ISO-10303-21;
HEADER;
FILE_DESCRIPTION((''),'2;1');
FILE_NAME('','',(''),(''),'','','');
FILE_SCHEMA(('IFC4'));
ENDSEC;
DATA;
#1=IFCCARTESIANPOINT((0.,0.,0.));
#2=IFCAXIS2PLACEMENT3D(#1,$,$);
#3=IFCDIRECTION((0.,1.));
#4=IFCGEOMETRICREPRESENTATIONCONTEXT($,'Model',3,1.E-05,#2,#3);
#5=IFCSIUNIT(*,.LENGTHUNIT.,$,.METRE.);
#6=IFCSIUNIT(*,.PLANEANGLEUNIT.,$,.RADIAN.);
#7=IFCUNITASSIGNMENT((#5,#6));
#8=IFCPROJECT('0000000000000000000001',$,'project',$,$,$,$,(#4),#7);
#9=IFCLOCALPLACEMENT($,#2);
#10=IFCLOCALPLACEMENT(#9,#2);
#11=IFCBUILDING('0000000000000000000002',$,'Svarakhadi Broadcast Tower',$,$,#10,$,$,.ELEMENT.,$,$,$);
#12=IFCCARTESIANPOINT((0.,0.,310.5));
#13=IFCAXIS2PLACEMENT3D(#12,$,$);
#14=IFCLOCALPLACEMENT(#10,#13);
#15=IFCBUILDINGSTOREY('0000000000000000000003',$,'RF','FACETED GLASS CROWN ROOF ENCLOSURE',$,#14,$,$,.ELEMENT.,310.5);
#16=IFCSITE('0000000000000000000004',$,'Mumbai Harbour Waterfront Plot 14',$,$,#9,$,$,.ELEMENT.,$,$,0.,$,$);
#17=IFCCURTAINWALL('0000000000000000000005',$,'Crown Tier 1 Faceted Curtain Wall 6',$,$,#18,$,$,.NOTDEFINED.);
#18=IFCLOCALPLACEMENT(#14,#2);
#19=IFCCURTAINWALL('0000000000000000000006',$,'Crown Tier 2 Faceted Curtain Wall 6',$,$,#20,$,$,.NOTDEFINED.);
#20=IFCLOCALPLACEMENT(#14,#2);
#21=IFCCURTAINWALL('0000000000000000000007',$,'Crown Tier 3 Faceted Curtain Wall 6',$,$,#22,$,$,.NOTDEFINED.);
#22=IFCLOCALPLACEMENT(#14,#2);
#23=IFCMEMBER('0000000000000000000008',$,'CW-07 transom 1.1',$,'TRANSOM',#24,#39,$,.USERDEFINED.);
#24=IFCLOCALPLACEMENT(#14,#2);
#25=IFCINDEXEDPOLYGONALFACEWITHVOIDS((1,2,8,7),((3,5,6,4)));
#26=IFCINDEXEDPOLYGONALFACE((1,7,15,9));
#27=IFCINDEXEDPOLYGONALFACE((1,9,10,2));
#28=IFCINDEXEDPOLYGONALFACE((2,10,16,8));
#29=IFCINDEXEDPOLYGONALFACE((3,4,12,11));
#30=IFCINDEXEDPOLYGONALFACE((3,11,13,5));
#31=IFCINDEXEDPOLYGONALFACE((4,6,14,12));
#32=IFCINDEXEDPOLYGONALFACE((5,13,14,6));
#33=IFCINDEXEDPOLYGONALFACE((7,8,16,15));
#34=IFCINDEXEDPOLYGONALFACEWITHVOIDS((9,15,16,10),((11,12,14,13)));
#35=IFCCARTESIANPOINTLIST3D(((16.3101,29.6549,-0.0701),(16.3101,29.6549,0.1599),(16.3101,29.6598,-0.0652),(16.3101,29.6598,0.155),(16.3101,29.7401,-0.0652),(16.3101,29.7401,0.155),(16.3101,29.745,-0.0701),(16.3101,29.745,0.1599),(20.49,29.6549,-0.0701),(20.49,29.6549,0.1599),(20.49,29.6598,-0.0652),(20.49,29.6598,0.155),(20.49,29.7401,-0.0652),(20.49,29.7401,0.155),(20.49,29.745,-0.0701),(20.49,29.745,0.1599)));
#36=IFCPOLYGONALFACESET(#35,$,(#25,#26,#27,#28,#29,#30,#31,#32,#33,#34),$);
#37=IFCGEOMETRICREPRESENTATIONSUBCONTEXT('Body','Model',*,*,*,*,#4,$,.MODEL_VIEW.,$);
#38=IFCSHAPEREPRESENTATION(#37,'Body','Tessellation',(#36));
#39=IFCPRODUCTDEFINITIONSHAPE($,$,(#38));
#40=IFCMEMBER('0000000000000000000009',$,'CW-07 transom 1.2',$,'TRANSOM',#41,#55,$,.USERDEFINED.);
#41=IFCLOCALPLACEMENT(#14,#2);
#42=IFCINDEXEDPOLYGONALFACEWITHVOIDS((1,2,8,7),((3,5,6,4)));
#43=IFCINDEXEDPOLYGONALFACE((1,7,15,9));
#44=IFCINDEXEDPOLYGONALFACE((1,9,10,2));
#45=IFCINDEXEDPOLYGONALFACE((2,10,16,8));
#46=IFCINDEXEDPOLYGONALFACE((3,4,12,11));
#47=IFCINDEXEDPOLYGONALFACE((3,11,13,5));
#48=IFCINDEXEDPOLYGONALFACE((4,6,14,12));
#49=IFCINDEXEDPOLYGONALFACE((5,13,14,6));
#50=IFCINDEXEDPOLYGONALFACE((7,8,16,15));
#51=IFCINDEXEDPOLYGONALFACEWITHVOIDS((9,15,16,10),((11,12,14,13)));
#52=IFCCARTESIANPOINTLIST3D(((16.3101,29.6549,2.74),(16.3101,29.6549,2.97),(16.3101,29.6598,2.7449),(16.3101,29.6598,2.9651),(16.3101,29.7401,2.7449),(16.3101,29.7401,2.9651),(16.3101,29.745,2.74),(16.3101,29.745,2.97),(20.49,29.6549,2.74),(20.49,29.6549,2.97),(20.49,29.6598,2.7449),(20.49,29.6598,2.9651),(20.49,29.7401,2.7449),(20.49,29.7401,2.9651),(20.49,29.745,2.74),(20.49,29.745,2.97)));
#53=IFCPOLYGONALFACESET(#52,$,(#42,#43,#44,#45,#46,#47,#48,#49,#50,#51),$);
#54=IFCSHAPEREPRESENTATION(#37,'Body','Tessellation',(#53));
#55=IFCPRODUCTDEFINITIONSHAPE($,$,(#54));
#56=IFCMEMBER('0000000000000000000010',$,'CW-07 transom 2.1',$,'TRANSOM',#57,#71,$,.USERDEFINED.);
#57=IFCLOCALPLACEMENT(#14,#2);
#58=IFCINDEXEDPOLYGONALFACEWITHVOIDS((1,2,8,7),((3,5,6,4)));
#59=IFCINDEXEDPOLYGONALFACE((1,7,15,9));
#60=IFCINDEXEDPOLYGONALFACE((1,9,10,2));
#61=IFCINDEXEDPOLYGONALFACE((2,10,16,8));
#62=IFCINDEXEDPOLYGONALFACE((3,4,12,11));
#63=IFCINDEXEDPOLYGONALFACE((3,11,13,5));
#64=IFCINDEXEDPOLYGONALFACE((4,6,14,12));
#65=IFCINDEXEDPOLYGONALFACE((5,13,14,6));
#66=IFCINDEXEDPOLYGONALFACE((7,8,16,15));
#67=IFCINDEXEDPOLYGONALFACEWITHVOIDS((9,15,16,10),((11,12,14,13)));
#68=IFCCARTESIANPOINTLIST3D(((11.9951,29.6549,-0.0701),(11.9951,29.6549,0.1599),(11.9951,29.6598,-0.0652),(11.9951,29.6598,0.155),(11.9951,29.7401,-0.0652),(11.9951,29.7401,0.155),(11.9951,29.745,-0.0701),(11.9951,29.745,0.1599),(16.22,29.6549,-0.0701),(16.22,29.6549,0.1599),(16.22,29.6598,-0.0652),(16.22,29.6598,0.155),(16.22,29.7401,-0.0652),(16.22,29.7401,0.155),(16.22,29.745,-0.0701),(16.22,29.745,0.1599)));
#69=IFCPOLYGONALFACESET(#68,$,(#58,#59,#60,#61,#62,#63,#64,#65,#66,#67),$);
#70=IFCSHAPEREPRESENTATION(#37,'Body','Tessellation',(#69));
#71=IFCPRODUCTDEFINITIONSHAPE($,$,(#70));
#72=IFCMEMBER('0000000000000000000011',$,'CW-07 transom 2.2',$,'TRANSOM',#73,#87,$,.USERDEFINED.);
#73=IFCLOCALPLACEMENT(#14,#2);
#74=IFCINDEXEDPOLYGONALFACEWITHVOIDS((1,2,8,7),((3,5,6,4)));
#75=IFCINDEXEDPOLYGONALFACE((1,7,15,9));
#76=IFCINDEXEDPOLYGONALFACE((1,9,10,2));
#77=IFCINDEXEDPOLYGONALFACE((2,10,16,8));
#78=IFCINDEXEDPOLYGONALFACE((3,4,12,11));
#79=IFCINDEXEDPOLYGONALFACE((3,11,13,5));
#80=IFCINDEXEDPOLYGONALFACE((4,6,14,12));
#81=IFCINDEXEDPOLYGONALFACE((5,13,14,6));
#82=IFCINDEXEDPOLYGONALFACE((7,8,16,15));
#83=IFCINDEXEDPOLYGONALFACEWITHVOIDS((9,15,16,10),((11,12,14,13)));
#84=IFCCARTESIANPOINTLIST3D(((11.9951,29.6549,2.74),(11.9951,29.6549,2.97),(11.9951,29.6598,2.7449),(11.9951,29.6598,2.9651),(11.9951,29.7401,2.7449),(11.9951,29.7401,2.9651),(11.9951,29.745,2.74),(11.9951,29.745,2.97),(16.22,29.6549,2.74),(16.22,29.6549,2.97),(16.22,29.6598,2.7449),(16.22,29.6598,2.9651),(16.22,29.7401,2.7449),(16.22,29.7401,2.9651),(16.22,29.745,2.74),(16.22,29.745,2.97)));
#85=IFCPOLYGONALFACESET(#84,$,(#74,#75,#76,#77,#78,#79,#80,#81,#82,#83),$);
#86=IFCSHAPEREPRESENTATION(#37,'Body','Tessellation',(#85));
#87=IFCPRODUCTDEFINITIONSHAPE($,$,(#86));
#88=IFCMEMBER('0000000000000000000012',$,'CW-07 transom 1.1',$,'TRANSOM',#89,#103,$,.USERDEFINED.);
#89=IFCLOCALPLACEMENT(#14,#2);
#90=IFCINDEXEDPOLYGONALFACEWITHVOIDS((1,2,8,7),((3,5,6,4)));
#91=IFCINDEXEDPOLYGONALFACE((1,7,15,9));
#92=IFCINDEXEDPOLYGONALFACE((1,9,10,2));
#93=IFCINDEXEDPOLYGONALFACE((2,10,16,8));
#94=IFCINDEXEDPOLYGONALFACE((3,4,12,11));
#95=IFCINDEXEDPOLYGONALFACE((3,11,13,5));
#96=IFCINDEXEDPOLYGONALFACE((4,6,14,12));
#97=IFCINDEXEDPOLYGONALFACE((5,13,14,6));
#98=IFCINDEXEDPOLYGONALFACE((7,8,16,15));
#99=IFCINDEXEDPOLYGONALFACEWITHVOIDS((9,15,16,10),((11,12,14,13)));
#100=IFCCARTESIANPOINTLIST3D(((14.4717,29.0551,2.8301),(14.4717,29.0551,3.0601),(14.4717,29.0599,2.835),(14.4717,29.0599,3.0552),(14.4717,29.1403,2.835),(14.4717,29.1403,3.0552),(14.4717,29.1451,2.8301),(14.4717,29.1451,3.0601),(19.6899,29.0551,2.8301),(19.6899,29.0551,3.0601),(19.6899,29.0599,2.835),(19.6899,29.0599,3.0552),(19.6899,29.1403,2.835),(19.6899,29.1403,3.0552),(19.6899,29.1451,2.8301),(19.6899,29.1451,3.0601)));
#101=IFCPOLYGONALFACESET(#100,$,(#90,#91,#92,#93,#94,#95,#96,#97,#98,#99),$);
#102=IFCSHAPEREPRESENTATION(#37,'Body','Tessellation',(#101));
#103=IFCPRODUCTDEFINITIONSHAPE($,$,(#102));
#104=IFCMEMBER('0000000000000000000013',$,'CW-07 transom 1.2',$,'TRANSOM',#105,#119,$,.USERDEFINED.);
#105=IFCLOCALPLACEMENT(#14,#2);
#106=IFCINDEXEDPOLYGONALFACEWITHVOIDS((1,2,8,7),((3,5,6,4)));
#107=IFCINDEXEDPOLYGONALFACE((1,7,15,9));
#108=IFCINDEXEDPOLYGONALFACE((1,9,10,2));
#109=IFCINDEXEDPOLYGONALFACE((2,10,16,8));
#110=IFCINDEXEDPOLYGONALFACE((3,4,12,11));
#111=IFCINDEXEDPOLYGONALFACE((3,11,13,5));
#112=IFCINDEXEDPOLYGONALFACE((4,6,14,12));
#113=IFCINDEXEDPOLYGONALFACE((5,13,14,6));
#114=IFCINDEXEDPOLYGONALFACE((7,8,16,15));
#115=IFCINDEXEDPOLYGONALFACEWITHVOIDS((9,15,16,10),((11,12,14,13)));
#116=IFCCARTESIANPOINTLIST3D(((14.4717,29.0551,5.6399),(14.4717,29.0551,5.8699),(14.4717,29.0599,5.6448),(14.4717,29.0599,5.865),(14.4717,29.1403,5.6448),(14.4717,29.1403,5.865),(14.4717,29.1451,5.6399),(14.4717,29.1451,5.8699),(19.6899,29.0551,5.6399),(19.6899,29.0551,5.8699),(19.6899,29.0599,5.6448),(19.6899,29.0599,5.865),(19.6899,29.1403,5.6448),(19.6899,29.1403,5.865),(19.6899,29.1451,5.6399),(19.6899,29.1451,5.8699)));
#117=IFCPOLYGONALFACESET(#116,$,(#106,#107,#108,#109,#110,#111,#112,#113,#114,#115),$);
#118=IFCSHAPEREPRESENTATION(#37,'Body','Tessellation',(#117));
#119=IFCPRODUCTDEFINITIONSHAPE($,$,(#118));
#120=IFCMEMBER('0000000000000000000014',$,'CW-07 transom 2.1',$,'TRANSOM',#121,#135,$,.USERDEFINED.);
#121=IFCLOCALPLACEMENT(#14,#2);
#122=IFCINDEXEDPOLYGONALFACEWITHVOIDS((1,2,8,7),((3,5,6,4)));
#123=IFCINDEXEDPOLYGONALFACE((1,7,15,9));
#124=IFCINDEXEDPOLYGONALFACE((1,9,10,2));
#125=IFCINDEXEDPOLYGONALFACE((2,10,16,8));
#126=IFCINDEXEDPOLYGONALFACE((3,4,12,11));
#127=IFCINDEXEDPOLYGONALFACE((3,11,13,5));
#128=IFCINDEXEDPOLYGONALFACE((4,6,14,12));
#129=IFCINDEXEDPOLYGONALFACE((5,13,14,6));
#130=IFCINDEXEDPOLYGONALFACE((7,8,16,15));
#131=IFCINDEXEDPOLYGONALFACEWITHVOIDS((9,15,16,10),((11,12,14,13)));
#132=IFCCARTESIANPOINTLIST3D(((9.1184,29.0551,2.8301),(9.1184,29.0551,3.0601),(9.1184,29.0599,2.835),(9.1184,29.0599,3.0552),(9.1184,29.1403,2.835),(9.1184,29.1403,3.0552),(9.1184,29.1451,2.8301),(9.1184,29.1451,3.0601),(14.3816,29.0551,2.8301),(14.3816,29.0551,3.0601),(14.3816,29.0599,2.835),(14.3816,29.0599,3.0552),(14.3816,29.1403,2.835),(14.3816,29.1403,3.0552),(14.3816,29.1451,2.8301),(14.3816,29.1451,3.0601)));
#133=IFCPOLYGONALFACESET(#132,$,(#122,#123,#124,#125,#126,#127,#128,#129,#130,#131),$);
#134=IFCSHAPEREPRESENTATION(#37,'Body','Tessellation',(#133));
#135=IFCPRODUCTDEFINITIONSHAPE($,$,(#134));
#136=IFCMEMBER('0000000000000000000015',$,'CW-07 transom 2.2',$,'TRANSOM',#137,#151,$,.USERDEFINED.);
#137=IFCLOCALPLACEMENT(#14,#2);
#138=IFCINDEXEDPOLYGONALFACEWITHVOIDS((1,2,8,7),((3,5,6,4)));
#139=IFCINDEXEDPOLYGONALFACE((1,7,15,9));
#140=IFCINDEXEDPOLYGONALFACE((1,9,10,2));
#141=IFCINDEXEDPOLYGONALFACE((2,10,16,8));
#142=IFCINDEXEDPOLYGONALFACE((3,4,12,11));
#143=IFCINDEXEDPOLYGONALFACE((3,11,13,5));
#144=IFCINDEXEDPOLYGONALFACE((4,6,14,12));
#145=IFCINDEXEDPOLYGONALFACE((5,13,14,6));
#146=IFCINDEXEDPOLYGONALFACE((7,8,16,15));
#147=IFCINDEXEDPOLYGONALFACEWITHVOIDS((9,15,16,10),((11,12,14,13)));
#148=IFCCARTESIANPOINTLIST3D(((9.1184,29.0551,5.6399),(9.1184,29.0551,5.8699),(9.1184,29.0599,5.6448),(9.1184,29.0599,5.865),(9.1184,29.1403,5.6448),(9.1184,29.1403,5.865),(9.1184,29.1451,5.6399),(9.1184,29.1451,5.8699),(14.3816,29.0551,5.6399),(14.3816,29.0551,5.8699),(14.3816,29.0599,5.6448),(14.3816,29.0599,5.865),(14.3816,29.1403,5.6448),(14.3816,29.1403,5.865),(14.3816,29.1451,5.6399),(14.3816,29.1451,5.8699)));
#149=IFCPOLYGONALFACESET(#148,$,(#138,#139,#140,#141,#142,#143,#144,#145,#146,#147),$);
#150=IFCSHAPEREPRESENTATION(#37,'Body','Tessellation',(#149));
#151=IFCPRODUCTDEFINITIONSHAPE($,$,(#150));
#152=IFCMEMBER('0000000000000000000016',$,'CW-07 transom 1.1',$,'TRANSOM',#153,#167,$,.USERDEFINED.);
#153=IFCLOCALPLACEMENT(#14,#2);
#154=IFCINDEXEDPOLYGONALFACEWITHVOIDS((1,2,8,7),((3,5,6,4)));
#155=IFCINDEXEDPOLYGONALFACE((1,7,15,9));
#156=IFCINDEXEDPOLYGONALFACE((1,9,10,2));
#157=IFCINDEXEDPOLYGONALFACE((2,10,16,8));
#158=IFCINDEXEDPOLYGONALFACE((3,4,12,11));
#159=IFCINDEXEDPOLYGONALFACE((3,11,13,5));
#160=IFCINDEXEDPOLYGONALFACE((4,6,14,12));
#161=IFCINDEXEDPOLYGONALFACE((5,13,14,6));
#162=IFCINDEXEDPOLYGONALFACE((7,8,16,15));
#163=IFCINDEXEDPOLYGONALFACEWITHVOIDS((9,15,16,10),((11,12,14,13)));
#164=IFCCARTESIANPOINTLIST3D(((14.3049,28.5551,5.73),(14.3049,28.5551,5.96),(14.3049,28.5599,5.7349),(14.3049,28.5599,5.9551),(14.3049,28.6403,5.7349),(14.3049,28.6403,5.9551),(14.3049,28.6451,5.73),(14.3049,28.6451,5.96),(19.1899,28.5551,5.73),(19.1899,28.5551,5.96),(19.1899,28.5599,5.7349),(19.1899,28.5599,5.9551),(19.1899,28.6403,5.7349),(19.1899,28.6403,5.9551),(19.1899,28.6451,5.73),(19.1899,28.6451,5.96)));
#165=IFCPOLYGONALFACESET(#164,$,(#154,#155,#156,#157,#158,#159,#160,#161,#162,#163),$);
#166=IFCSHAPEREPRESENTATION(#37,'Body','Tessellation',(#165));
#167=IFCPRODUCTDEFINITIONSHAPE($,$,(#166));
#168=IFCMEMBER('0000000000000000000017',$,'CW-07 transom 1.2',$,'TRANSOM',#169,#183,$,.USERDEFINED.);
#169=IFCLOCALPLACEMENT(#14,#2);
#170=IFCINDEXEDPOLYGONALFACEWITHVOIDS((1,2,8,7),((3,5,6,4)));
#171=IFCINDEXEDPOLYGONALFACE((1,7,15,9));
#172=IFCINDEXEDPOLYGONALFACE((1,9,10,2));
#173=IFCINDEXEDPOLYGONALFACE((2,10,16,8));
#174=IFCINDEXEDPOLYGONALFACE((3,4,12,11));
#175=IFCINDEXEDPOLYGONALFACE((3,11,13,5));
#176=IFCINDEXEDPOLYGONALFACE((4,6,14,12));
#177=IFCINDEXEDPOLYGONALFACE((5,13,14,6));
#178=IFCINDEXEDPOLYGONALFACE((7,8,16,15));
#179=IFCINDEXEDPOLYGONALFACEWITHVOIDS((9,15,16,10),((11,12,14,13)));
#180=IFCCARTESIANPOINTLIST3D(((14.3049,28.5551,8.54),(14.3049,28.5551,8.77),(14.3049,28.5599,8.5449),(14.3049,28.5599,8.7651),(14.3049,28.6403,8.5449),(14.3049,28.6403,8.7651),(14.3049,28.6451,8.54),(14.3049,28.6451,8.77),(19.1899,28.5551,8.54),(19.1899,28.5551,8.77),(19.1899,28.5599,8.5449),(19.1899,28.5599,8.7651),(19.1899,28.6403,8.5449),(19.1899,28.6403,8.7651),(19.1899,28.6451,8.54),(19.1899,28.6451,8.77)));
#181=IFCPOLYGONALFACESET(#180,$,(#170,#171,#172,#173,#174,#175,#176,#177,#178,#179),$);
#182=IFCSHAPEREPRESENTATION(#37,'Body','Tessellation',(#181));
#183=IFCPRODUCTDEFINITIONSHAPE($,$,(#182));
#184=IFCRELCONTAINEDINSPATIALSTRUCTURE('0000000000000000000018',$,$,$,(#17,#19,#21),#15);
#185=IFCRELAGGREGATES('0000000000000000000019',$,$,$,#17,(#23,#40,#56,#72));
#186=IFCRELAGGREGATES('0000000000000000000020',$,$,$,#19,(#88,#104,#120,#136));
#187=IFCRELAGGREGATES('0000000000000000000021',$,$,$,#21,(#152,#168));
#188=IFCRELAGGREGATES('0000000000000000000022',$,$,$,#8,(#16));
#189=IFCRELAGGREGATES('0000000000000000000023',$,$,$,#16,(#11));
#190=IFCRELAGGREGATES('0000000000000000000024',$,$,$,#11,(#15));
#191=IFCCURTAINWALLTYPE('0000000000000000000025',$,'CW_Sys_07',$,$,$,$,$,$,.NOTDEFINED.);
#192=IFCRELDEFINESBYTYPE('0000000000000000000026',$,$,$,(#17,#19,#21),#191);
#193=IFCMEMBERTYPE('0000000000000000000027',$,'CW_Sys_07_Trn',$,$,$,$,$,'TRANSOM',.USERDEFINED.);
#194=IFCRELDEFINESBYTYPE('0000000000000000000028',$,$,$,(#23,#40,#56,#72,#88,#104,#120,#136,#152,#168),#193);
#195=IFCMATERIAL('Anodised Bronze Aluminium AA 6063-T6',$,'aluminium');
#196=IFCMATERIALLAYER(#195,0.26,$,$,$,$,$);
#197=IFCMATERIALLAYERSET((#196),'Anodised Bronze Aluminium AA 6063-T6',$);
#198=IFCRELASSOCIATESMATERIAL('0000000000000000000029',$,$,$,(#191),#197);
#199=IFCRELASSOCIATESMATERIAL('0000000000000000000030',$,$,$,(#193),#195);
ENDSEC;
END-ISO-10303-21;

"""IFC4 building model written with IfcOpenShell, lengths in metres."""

from ifc_helpers import new_model, si_unit, direction, frame, origin, origin_2d, place, context, subcontext, project, spatial, hollow_rectangle, extrude, material, layer, layer_set, material_profile, profile_set, type_object, element, aggregate, save


model = new_model("IFC4")

# Units and contexts
model_context = context("Model", 3, precision=1e-05, world=origin(), true_north=direction((0.0, 1.0)))
body_context = subcontext(model_context, "Body", "Model", "MODEL_VIEW")
ifc_project = project(units=[si_unit("LENGTHUNIT", "METRE"), si_unit("PLANEANGLEUNIT", "RADIAN")], contexts=[model_context])

# Site, building, storey
site_placement = place(None, origin())
site = spatial("IfcSite", under=ifc_project, at=site_placement, Name="Mumbai Harbour Waterfront Plot 14", CompositionType="ELEMENT", RefElevation=0.0)
building_placement = place(site_placement, origin())
building = spatial("IfcBuilding", under=site, at=building_placement, Name="Svarakhadi Broadcast Tower", CompositionType="ELEMENT")
storey_placement = place(building_placement, frame((0.0, 0.0, 310.5)))
storey = spatial("IfcBuildingStorey", under=building, at=storey_placement, Name="RF", Description="FACETED GLASS CROWN ROOF ENCLOSURE", CompositionType="ELEMENT", Elevation=310.5)

# Curtain wall
ifc_material_1 = material(Name="Anodised Bronze Aluminium AA 6063-T6", Category="aluminium")
ifc_layer_1 = layer(ifc_material_1, 0.26)
ifc_layer_set_1 = layer_set([ifc_layer_1], Name="Anodised Bronze Aluminium AA 6063-T6")
curtain_wall_type = type_object("IfcCurtainWallType", Name="CW_Sys_07", PredefinedType="NOTDEFINED", material=ifc_layer_set_1)
curtain_wall_1_placement = place(storey_placement, origin())
curtain_wall_1 = element("IfcCurtainWall", 1, at=curtain_wall_1_placement, inside=storey, type_object=curtain_wall_type, Name="Crown Tier 1 Faceted Curtain Wall 6", PredefinedType="NOTDEFINED")

# Curtain wall
curtain_wall_2_placement = place(storey_placement, origin())
curtain_wall_2 = element("IfcCurtainWall", 2, at=curtain_wall_2_placement, inside=storey, type_object=curtain_wall_type, Name="Crown Tier 2 Faceted Curtain Wall 6", PredefinedType="NOTDEFINED")

# Curtain wall
curtain_wall_3_placement = place(storey_placement, origin())
curtain_wall_3 = element("IfcCurtainWall", 3, at=curtain_wall_3_placement, inside=storey, type_object=curtain_wall_type, Name="Crown Tier 3 Faceted Curtain Wall 6", PredefinedType="NOTDEFINED")

# Members
ifc_material_profile_1 = material_profile(ifc_material_1, hollow_rectangle(XDim=0.0901, YDim=0.23, WallThickness=0.0049, at=origin_2d()), Name="ALU TRANSOM 230x90x5")
ifc_profile_set_1 = profile_set([ifc_material_profile_1], Name="Anodised Bronze Aluminium AA 6063-T6")
member_type_1 = type_object("IfcMemberType", Name="CW_Sys_07_Trn", ElementType="TRANSOM", PredefinedType="USERDEFINED", material=ifc_profile_set_1)
member_1_placement = place(storey_placement, frame((20.49, 29.7, 0.0449), z_axis=(-1.0, 0.0, 0.0), x_axis=(0.0, -1.0, 0.0)))
member_1 = element("IfcMember", 4, at=member_1_placement, type_object=member_type_1, Name="CW-07 transom 1.1", ObjectType="TRANSOM", PredefinedType="USERDEFINED", context=body_context, shape_type="SweptSolid", body=[
    extrude(hollow_rectangle(XDim=0.0901, YDim=0.23, WallThickness=0.0049, at=origin_2d()), origin(), (0.0, 0.0, 1.0), 4.1799),
])
member_2_placement = place(storey_placement, frame((20.49, 29.7, 2.855), z_axis=(-1.0, 0.0, 0.0), x_axis=(0.0, -1.0, 0.0)))
member_2 = element("IfcMember", 5, at=member_2_placement, type_object=member_type_1, Name="CW-07 transom 1.2", ObjectType="TRANSOM", PredefinedType="USERDEFINED", context=body_context, shape_type="SweptSolid", body=[
    extrude(hollow_rectangle(XDim=0.0901, YDim=0.23, WallThickness=0.0049, at=origin_2d()), origin(), (0.0, 0.0, 1.0), 4.1799),
])
member_3_placement = place(storey_placement, frame((16.22, 29.7, 0.0449), z_axis=(-1.0, 0.0, 0.0), x_axis=(0.0, -1.0, 0.0)))
member_3 = element("IfcMember", 6, at=member_3_placement, type_object=member_type_1, Name="CW-07 transom 2.1", ObjectType="TRANSOM", PredefinedType="USERDEFINED", context=body_context, shape_type="SweptSolid", body=[
    extrude(hollow_rectangle(XDim=0.0901, YDim=0.23, WallThickness=0.0049, at=origin_2d()), origin(), (0.0, 0.0, 1.0), 4.2249),
])
member_4_placement = place(storey_placement, frame((16.22, 29.7, 2.855), z_axis=(-1.0, 0.0, 0.0), x_axis=(0.0, -1.0, 0.0)))
member_4 = element("IfcMember", 7, at=member_4_placement, type_object=member_type_1, Name="CW-07 transom 2.2", ObjectType="TRANSOM", PredefinedType="USERDEFINED", context=body_context, shape_type="SweptSolid", body=[
    extrude(hollow_rectangle(XDim=0.0901, YDim=0.23, WallThickness=0.0049, at=origin_2d()), origin(), (0.0, 0.0, 1.0), 4.2249),
])
member_5_placement = place(storey_placement, frame((19.6899, 29.1001, 2.9451), z_axis=(-1.0, 0.0, 0.0), x_axis=(0.0, -1.0, 0.0)))
member_5 = element("IfcMember", 8, at=member_5_placement, type_object=member_type_1, Name="CW-07 transom 1.1", ObjectType="TRANSOM", PredefinedType="USERDEFINED", context=body_context, shape_type="SweptSolid", body=[
    extrude(hollow_rectangle(XDim=0.0901, YDim=0.23, WallThickness=0.0049, at=origin_2d()), origin(), (0.0, 0.0, 1.0), 5.2183),
])
member_6_placement = place(storey_placement, frame((19.6899, 29.1001, 5.7549), z_axis=(-1.0, 0.0, 0.0), x_axis=(0.0, -1.0, 0.0)))
member_6 = element("IfcMember", 9, at=member_6_placement, type_object=member_type_1, Name="CW-07 transom 1.2", ObjectType="TRANSOM", PredefinedType="USERDEFINED", context=body_context, shape_type="SweptSolid", body=[
    extrude(hollow_rectangle(XDim=0.0901, YDim=0.23, WallThickness=0.0049, at=origin_2d()), origin(), (0.0, 0.0, 1.0), 5.2183),
])
member_7_placement = place(storey_placement, frame((14.3816, 29.1001, 2.9451), z_axis=(-1.0, 0.0, 0.0), x_axis=(0.0, -1.0, 0.0)))
member_7 = element("IfcMember", 10, at=member_7_placement, type_object=member_type_1, Name="CW-07 transom 2.1", ObjectType="TRANSOM", PredefinedType="USERDEFINED", context=body_context, shape_type="SweptSolid", body=[
    extrude(hollow_rectangle(XDim=0.0901, YDim=0.23, WallThickness=0.0049, at=origin_2d()), origin(), (0.0, 0.0, 1.0), 5.2632),
])
member_8_placement = place(storey_placement, frame((14.3816, 29.1001, 5.7549), z_axis=(-1.0, 0.0, 0.0), x_axis=(0.0, -1.0, 0.0)))
member_8 = element("IfcMember", 11, at=member_8_placement, type_object=member_type_1, Name="CW-07 transom 2.2", ObjectType="TRANSOM", PredefinedType="USERDEFINED", context=body_context, shape_type="SweptSolid", body=[
    extrude(hollow_rectangle(XDim=0.0901, YDim=0.23, WallThickness=0.0049, at=origin_2d()), origin(), (0.0, 0.0, 1.0), 5.2632),
])
member_9_placement = place(storey_placement, frame((19.1899, 28.6001, 5.845), z_axis=(-1.0, 0.0, 0.0), x_axis=(0.0, -1.0, 0.0)))
member_9 = element("IfcMember", 12, at=member_9_placement, type_object=member_type_1, Name="CW-07 transom 1.1", ObjectType="TRANSOM", PredefinedType="USERDEFINED", context=body_context, shape_type="SweptSolid", body=[
    extrude(hollow_rectangle(XDim=0.0901, YDim=0.23, WallThickness=0.0049, at=origin_2d()), origin(), (0.0, 0.0, 1.0), 4.885),
])
member_10_placement = place(storey_placement, frame((19.1899, 28.6001, 8.655), z_axis=(-1.0, 0.0, 0.0), x_axis=(0.0, -1.0, 0.0)))
member_10 = element("IfcMember", 13, at=member_10_placement, type_object=member_type_1, Name="CW-07 transom 1.2", ObjectType="TRANSOM", PredefinedType="USERDEFINED", context=body_context, shape_type="SweptSolid", body=[
    extrude(hollow_rectangle(XDim=0.0901, YDim=0.23, WallThickness=0.0049, at=origin_2d()), origin(), (0.0, 0.0, 1.0), 4.885),
])

aggregate(curtain_wall_1, [member_1, member_2, member_3, member_4])
aggregate(curtain_wall_2, [member_5, member_6, member_7, member_8])
aggregate(curtain_wall_3, [member_9, member_10])

save(model, "model.ifc")
